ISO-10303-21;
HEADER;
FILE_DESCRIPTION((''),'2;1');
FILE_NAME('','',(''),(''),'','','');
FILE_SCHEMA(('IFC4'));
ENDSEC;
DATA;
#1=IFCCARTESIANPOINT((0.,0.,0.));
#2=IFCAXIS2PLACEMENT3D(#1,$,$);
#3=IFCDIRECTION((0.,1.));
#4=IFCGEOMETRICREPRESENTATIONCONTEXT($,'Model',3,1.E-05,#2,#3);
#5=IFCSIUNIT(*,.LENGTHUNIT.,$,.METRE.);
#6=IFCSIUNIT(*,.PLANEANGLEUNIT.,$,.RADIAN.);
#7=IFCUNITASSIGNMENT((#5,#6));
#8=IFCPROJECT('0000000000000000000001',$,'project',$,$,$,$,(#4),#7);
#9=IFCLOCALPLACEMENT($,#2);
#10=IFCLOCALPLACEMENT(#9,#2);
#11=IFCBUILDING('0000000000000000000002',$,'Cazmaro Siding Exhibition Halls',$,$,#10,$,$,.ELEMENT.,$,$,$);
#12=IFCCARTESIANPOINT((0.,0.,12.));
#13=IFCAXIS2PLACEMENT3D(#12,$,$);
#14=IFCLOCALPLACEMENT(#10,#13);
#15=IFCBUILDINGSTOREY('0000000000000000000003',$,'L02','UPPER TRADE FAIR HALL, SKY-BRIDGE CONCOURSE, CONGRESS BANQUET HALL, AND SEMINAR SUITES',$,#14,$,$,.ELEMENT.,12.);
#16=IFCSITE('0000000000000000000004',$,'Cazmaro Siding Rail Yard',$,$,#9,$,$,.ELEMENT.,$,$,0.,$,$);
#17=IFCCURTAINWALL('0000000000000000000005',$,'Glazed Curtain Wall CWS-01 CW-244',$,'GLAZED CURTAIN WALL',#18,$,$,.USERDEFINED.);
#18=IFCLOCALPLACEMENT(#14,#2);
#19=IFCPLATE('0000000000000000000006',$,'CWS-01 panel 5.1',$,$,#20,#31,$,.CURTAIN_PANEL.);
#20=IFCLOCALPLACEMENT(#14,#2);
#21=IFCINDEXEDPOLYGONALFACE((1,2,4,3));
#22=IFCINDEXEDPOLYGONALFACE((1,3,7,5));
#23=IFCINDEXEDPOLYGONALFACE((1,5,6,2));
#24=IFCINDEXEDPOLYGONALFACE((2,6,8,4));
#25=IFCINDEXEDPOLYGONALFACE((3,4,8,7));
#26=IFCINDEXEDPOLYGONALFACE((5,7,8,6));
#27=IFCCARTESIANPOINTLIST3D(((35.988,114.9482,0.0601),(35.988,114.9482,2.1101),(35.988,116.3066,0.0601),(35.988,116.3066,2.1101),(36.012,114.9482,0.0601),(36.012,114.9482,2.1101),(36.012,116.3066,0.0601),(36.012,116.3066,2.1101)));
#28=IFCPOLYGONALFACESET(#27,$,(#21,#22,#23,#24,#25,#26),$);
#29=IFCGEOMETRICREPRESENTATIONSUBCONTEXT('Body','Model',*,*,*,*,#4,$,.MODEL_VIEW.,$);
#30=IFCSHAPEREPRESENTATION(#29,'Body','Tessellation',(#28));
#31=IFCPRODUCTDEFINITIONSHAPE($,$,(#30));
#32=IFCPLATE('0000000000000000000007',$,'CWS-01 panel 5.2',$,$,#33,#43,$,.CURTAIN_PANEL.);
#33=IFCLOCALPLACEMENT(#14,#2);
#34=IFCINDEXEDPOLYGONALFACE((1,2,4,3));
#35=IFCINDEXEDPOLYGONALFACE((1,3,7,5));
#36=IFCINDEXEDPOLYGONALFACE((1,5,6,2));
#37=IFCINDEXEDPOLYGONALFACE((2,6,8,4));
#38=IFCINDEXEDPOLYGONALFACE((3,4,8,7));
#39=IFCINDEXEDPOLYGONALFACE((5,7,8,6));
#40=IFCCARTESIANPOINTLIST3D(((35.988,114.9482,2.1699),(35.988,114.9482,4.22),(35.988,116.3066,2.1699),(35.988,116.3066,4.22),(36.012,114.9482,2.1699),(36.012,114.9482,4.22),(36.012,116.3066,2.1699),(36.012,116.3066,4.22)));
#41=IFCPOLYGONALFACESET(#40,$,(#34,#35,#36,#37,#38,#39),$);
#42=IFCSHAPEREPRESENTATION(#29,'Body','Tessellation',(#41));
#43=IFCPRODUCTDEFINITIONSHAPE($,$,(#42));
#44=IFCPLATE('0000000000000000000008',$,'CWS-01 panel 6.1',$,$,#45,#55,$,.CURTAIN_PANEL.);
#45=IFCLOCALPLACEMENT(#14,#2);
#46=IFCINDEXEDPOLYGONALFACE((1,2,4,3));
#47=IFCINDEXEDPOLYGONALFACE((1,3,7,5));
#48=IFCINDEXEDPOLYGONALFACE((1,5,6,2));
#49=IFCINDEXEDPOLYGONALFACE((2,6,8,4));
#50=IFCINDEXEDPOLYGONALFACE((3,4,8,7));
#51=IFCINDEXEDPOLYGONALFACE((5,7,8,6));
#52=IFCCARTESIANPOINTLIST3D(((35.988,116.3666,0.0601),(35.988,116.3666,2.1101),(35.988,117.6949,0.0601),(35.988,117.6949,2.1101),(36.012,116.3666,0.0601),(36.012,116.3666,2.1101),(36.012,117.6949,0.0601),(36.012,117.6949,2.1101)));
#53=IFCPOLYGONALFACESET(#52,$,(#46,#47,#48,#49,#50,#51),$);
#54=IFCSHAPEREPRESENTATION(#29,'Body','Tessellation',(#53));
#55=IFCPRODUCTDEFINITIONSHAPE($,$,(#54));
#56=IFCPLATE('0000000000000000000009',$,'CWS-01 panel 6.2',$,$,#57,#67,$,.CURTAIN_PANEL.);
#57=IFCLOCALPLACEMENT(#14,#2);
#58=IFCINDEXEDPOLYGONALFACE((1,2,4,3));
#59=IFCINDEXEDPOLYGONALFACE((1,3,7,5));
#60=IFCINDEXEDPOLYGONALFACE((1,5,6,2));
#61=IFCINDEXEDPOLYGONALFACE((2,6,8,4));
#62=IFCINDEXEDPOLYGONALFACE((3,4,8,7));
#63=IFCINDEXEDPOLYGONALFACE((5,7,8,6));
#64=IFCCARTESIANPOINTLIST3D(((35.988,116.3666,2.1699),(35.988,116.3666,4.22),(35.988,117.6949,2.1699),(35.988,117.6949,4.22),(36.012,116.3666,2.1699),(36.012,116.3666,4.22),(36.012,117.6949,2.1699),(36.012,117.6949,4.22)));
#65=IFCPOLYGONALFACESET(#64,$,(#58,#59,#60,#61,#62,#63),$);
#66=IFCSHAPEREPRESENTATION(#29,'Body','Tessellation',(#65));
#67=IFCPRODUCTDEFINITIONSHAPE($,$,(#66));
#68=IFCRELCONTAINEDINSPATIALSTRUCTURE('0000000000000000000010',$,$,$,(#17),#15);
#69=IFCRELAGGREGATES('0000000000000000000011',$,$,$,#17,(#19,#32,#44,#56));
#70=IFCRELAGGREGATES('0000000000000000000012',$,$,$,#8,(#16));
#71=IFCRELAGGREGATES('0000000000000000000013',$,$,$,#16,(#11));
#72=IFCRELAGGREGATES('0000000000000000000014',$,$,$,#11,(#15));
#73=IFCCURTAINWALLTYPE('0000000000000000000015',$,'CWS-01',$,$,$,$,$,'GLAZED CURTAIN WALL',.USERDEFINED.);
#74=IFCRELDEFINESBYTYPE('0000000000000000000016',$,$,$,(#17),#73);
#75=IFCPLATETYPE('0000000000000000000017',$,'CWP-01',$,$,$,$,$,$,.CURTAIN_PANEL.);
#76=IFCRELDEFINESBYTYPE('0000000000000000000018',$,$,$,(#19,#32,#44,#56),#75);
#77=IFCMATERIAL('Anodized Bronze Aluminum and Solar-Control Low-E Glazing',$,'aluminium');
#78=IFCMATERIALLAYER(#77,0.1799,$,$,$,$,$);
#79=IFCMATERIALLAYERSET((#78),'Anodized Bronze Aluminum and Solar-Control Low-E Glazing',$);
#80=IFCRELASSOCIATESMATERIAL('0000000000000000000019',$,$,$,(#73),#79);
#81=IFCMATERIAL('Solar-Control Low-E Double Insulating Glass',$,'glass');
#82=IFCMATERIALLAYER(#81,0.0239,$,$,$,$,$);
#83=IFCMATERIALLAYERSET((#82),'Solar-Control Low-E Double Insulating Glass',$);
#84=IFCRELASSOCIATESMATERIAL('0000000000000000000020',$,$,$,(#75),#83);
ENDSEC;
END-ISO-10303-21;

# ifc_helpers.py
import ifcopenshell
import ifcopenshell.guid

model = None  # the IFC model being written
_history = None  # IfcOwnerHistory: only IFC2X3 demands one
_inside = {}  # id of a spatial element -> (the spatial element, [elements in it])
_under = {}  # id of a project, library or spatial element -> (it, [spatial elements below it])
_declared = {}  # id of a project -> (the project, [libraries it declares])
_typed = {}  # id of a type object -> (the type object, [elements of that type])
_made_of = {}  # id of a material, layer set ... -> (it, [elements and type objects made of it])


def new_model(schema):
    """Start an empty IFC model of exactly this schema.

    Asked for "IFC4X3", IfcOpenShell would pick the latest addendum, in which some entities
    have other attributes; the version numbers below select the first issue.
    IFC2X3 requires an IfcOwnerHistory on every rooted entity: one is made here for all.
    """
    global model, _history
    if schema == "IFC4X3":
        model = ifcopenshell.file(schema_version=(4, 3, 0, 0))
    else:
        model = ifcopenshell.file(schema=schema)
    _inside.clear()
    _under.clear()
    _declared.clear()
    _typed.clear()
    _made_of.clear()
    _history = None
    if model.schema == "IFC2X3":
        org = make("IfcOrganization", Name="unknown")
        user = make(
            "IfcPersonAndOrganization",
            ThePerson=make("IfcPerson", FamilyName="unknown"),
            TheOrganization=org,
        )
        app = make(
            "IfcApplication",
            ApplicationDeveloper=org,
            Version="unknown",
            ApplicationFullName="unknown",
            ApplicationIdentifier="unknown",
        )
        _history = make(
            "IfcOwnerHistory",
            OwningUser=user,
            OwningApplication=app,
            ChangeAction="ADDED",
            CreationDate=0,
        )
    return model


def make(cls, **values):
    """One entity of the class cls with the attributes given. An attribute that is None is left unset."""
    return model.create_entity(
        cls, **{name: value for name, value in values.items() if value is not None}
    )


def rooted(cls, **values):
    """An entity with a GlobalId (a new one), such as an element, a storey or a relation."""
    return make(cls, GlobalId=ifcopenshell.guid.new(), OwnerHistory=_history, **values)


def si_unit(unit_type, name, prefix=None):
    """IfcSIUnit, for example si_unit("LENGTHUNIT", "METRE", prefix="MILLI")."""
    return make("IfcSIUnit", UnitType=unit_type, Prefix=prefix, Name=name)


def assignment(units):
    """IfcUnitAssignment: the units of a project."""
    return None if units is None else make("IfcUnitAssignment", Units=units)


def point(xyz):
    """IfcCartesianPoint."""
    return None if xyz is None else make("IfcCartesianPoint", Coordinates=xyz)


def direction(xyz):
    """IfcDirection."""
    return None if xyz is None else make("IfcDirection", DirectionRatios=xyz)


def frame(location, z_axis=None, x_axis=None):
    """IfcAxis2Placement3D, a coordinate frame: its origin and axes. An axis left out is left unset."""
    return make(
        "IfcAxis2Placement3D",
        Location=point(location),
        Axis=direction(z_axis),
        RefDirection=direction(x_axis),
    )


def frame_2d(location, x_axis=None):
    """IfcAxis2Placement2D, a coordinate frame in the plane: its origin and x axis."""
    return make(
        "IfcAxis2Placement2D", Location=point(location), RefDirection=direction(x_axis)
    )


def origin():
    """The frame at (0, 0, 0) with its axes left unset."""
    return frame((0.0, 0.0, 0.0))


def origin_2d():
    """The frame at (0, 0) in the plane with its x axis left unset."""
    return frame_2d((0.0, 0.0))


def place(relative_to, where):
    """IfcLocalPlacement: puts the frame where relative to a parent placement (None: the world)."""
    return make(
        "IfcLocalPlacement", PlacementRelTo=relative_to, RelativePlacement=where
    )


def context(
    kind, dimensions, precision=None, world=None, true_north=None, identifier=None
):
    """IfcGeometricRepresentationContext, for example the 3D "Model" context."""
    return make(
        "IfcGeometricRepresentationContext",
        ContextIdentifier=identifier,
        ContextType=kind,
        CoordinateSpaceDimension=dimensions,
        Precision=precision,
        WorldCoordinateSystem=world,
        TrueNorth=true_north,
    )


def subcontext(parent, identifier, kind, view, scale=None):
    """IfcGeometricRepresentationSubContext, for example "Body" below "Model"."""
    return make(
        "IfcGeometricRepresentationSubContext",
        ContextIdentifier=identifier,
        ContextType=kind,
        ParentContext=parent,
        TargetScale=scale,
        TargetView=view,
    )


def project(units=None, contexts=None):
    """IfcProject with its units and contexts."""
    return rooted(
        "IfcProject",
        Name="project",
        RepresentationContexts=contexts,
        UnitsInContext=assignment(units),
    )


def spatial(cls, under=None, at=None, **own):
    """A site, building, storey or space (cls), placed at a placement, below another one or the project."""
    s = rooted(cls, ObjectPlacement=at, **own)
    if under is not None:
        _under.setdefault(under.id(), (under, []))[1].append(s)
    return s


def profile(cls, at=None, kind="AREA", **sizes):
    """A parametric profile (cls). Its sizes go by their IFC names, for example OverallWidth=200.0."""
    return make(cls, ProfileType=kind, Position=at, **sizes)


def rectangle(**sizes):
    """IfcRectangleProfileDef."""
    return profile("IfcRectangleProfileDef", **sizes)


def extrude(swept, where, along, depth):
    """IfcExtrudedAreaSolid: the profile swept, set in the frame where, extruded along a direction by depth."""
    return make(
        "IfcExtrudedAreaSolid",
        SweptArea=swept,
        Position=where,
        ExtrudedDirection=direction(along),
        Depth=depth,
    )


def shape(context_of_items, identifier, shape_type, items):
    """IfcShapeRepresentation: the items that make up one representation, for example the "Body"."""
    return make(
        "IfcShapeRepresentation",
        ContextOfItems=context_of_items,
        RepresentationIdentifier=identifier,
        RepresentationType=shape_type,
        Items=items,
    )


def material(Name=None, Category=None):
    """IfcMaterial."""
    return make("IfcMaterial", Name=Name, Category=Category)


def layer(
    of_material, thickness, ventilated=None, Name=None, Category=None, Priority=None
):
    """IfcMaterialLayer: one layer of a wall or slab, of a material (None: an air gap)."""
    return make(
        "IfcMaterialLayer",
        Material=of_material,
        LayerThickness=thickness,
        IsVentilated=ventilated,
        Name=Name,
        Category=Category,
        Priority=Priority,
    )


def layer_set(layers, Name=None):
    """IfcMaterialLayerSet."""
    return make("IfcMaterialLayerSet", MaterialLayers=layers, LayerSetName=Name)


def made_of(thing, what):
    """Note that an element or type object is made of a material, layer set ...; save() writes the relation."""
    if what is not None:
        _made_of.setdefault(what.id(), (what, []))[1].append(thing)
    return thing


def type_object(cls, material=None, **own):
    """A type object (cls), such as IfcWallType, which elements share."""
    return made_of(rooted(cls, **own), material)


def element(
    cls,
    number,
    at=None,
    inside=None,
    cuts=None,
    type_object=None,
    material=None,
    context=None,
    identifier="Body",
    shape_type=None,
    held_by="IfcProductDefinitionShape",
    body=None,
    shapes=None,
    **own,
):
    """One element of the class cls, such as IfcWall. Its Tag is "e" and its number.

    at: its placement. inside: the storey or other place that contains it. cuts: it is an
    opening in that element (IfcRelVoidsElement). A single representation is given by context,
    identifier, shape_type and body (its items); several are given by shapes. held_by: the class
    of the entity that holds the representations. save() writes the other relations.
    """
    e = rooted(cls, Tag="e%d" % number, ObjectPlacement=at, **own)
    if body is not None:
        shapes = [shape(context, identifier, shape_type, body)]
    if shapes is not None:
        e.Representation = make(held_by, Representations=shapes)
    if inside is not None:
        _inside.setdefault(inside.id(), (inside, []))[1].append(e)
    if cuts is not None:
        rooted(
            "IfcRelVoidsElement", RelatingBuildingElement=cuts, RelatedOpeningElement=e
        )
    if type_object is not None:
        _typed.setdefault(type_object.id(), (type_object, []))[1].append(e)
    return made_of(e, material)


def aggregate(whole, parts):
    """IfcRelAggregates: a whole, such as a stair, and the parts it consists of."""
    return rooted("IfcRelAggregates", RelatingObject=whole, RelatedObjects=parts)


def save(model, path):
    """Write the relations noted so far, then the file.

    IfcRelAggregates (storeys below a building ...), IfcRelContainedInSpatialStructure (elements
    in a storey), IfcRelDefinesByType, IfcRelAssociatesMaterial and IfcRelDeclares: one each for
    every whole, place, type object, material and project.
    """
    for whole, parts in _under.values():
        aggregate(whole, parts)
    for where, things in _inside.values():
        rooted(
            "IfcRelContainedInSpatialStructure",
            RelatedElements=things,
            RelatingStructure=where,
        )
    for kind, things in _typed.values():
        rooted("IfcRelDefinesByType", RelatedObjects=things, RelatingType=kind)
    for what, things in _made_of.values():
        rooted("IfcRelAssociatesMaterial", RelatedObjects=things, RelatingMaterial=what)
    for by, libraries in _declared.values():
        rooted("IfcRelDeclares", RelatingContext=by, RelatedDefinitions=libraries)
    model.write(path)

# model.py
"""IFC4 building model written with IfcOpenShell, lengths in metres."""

from ifc_helpers import new_model, si_unit, direction, frame, origin, origin_2d, place, context, subcontext, project, spatial, rectangle, extrude, material, layer, layer_set, type_object, element, aggregate, save


model = new_model("IFC4")

# Units and contexts
model_context = context("Model", 3, precision=1e-05, world=origin(), true_north=direction((0.0, 1.0)))
body_context = subcontext(model_context, "Body", "Model", "MODEL_VIEW")
ifc_project = project(units=[si_unit("LENGTHUNIT", "METRE"), si_unit("PLANEANGLEUNIT", "RADIAN")], contexts=[model_context])

# Site, building, storey
site_placement = place(None, origin())
site = spatial("IfcSite", under=ifc_project, at=site_placement, Name="Cazmaro Siding Rail Yard", CompositionType="ELEMENT", RefElevation=0.0)
building_placement = place(site_placement, origin())
building = spatial("IfcBuilding", under=site, at=building_placement, Name="Cazmaro Siding Exhibition Halls", CompositionType="ELEMENT")
storey_placement = place(building_placement, frame((0.0, 0.0, 12.0)))
storey = spatial("IfcBuildingStorey", under=building, at=storey_placement, Name="L02", Description="UPPER TRADE FAIR HALL, SKY-BRIDGE CONCOURSE, CONGRESS BANQUET HALL, AND SEMINAR SUITES", CompositionType="ELEMENT", Elevation=12.0)

# Curtain wall
ifc_material_1 = material(Name="Anodized Bronze Aluminum and Solar-Control Low-E Glazing", Category="aluminium")
ifc_layer_1 = layer(ifc_material_1, 0.1799)
ifc_layer_set_1 = layer_set([ifc_layer_1], Name="Anodized Bronze Aluminum and Solar-Control Low-E Glazing")
curtain_wall_type = type_object("IfcCurtainWallType", Name="CWS-01", ElementType="GLAZED CURTAIN WALL", PredefinedType="USERDEFINED", material=ifc_layer_set_1)
curtain_wall_1_placement = place(storey_placement, origin())
curtain_wall_1 = element("IfcCurtainWall", 1, at=curtain_wall_1_placement, inside=storey, type_object=curtain_wall_type, Name="Glazed Curtain Wall CWS-01 CW-244", ObjectType="GLAZED CURTAIN WALL", PredefinedType="USERDEFINED")

# Plates
ifc_material_2 = material(Name="Solar-Control Low-E Double Insulating Glass", Category="glass")
ifc_layer_2 = layer(ifc_material_2, 0.0239)
ifc_layer_set_2 = layer_set([ifc_layer_2], Name="Solar-Control Low-E Double Insulating Glass")
plate_type = type_object("IfcPlateType", Name="CWP-01", PredefinedType="CURTAIN_PANEL", material=ifc_layer_set_2)
plate_1_placement = place(storey_placement, frame((36.0, 115.6274, 0.0601), z_axis=(0.0, 0.0, 1.0), x_axis=(0.0, 1.0, 0.0)))
plate_1 = element("IfcPlate", 2, at=plate_1_placement, type_object=plate_type, Name="CWS-01 panel 5.1", PredefinedType="CURTAIN_PANEL", context=body_context, shape_type="SweptSolid", body=[
    extrude(rectangle(XDim=1.3584, YDim=0.0239, at=origin_2d()), origin(), (0.0, 0.0, 1.0), 2.05),
])
plate_2_placement = place(storey_placement, frame((36.0, 115.6274, 2.1699), z_axis=(0.0, 0.0, 1.0), x_axis=(0.0, 1.0, 0.0)))
plate_2 = element("IfcPlate", 3, at=plate_2_placement, type_object=plate_type, Name="CWS-01 panel 5.2", PredefinedType="CURTAIN_PANEL", context=body_context, shape_type="SweptSolid", body=[
    extrude(rectangle(XDim=1.3584, YDim=0.0239, at=origin_2d()), origin(), (0.0, 0.0, 1.0), 2.05),
])
plate_3_placement = place(storey_placement, frame((36.0, 117.0308, 0.0601), z_axis=(0.0, 0.0, 1.0), x_axis=(0.0, 1.0, 0.0)))
plate_3 = element("IfcPlate", 4, at=plate_3_placement, type_object=plate_type, Name="CWS-01 panel 6.1", PredefinedType="CURTAIN_PANEL", context=body_context, shape_type="SweptSolid", body=[
    extrude(rectangle(XDim=1.3284, YDim=0.0239, at=origin_2d()), origin(), (0.0, 0.0, 1.0), 2.05),
])
plate_4_placement = place(storey_placement, frame((36.0, 117.0308, 2.1699), z_axis=(0.0, 0.0, 1.0), x_axis=(0.0, 1.0, 0.0)))
plate_4 = element("IfcPlate", 5, at=plate_4_placement, type_object=plate_type, Name="CWS-01 panel 6.2", PredefinedType="CURTAIN_PANEL", context=body_context, shape_type="SweptSolid", body=[
    extrude(rectangle(XDim=1.3284, YDim=0.0239, at=origin_2d()), origin(), (0.0, 0.0, 1.0), 2.05),
])
aggregate(curtain_wall_1, [plate_1, plate_2, plate_3, plate_4])

save(model, "model.ifc")
